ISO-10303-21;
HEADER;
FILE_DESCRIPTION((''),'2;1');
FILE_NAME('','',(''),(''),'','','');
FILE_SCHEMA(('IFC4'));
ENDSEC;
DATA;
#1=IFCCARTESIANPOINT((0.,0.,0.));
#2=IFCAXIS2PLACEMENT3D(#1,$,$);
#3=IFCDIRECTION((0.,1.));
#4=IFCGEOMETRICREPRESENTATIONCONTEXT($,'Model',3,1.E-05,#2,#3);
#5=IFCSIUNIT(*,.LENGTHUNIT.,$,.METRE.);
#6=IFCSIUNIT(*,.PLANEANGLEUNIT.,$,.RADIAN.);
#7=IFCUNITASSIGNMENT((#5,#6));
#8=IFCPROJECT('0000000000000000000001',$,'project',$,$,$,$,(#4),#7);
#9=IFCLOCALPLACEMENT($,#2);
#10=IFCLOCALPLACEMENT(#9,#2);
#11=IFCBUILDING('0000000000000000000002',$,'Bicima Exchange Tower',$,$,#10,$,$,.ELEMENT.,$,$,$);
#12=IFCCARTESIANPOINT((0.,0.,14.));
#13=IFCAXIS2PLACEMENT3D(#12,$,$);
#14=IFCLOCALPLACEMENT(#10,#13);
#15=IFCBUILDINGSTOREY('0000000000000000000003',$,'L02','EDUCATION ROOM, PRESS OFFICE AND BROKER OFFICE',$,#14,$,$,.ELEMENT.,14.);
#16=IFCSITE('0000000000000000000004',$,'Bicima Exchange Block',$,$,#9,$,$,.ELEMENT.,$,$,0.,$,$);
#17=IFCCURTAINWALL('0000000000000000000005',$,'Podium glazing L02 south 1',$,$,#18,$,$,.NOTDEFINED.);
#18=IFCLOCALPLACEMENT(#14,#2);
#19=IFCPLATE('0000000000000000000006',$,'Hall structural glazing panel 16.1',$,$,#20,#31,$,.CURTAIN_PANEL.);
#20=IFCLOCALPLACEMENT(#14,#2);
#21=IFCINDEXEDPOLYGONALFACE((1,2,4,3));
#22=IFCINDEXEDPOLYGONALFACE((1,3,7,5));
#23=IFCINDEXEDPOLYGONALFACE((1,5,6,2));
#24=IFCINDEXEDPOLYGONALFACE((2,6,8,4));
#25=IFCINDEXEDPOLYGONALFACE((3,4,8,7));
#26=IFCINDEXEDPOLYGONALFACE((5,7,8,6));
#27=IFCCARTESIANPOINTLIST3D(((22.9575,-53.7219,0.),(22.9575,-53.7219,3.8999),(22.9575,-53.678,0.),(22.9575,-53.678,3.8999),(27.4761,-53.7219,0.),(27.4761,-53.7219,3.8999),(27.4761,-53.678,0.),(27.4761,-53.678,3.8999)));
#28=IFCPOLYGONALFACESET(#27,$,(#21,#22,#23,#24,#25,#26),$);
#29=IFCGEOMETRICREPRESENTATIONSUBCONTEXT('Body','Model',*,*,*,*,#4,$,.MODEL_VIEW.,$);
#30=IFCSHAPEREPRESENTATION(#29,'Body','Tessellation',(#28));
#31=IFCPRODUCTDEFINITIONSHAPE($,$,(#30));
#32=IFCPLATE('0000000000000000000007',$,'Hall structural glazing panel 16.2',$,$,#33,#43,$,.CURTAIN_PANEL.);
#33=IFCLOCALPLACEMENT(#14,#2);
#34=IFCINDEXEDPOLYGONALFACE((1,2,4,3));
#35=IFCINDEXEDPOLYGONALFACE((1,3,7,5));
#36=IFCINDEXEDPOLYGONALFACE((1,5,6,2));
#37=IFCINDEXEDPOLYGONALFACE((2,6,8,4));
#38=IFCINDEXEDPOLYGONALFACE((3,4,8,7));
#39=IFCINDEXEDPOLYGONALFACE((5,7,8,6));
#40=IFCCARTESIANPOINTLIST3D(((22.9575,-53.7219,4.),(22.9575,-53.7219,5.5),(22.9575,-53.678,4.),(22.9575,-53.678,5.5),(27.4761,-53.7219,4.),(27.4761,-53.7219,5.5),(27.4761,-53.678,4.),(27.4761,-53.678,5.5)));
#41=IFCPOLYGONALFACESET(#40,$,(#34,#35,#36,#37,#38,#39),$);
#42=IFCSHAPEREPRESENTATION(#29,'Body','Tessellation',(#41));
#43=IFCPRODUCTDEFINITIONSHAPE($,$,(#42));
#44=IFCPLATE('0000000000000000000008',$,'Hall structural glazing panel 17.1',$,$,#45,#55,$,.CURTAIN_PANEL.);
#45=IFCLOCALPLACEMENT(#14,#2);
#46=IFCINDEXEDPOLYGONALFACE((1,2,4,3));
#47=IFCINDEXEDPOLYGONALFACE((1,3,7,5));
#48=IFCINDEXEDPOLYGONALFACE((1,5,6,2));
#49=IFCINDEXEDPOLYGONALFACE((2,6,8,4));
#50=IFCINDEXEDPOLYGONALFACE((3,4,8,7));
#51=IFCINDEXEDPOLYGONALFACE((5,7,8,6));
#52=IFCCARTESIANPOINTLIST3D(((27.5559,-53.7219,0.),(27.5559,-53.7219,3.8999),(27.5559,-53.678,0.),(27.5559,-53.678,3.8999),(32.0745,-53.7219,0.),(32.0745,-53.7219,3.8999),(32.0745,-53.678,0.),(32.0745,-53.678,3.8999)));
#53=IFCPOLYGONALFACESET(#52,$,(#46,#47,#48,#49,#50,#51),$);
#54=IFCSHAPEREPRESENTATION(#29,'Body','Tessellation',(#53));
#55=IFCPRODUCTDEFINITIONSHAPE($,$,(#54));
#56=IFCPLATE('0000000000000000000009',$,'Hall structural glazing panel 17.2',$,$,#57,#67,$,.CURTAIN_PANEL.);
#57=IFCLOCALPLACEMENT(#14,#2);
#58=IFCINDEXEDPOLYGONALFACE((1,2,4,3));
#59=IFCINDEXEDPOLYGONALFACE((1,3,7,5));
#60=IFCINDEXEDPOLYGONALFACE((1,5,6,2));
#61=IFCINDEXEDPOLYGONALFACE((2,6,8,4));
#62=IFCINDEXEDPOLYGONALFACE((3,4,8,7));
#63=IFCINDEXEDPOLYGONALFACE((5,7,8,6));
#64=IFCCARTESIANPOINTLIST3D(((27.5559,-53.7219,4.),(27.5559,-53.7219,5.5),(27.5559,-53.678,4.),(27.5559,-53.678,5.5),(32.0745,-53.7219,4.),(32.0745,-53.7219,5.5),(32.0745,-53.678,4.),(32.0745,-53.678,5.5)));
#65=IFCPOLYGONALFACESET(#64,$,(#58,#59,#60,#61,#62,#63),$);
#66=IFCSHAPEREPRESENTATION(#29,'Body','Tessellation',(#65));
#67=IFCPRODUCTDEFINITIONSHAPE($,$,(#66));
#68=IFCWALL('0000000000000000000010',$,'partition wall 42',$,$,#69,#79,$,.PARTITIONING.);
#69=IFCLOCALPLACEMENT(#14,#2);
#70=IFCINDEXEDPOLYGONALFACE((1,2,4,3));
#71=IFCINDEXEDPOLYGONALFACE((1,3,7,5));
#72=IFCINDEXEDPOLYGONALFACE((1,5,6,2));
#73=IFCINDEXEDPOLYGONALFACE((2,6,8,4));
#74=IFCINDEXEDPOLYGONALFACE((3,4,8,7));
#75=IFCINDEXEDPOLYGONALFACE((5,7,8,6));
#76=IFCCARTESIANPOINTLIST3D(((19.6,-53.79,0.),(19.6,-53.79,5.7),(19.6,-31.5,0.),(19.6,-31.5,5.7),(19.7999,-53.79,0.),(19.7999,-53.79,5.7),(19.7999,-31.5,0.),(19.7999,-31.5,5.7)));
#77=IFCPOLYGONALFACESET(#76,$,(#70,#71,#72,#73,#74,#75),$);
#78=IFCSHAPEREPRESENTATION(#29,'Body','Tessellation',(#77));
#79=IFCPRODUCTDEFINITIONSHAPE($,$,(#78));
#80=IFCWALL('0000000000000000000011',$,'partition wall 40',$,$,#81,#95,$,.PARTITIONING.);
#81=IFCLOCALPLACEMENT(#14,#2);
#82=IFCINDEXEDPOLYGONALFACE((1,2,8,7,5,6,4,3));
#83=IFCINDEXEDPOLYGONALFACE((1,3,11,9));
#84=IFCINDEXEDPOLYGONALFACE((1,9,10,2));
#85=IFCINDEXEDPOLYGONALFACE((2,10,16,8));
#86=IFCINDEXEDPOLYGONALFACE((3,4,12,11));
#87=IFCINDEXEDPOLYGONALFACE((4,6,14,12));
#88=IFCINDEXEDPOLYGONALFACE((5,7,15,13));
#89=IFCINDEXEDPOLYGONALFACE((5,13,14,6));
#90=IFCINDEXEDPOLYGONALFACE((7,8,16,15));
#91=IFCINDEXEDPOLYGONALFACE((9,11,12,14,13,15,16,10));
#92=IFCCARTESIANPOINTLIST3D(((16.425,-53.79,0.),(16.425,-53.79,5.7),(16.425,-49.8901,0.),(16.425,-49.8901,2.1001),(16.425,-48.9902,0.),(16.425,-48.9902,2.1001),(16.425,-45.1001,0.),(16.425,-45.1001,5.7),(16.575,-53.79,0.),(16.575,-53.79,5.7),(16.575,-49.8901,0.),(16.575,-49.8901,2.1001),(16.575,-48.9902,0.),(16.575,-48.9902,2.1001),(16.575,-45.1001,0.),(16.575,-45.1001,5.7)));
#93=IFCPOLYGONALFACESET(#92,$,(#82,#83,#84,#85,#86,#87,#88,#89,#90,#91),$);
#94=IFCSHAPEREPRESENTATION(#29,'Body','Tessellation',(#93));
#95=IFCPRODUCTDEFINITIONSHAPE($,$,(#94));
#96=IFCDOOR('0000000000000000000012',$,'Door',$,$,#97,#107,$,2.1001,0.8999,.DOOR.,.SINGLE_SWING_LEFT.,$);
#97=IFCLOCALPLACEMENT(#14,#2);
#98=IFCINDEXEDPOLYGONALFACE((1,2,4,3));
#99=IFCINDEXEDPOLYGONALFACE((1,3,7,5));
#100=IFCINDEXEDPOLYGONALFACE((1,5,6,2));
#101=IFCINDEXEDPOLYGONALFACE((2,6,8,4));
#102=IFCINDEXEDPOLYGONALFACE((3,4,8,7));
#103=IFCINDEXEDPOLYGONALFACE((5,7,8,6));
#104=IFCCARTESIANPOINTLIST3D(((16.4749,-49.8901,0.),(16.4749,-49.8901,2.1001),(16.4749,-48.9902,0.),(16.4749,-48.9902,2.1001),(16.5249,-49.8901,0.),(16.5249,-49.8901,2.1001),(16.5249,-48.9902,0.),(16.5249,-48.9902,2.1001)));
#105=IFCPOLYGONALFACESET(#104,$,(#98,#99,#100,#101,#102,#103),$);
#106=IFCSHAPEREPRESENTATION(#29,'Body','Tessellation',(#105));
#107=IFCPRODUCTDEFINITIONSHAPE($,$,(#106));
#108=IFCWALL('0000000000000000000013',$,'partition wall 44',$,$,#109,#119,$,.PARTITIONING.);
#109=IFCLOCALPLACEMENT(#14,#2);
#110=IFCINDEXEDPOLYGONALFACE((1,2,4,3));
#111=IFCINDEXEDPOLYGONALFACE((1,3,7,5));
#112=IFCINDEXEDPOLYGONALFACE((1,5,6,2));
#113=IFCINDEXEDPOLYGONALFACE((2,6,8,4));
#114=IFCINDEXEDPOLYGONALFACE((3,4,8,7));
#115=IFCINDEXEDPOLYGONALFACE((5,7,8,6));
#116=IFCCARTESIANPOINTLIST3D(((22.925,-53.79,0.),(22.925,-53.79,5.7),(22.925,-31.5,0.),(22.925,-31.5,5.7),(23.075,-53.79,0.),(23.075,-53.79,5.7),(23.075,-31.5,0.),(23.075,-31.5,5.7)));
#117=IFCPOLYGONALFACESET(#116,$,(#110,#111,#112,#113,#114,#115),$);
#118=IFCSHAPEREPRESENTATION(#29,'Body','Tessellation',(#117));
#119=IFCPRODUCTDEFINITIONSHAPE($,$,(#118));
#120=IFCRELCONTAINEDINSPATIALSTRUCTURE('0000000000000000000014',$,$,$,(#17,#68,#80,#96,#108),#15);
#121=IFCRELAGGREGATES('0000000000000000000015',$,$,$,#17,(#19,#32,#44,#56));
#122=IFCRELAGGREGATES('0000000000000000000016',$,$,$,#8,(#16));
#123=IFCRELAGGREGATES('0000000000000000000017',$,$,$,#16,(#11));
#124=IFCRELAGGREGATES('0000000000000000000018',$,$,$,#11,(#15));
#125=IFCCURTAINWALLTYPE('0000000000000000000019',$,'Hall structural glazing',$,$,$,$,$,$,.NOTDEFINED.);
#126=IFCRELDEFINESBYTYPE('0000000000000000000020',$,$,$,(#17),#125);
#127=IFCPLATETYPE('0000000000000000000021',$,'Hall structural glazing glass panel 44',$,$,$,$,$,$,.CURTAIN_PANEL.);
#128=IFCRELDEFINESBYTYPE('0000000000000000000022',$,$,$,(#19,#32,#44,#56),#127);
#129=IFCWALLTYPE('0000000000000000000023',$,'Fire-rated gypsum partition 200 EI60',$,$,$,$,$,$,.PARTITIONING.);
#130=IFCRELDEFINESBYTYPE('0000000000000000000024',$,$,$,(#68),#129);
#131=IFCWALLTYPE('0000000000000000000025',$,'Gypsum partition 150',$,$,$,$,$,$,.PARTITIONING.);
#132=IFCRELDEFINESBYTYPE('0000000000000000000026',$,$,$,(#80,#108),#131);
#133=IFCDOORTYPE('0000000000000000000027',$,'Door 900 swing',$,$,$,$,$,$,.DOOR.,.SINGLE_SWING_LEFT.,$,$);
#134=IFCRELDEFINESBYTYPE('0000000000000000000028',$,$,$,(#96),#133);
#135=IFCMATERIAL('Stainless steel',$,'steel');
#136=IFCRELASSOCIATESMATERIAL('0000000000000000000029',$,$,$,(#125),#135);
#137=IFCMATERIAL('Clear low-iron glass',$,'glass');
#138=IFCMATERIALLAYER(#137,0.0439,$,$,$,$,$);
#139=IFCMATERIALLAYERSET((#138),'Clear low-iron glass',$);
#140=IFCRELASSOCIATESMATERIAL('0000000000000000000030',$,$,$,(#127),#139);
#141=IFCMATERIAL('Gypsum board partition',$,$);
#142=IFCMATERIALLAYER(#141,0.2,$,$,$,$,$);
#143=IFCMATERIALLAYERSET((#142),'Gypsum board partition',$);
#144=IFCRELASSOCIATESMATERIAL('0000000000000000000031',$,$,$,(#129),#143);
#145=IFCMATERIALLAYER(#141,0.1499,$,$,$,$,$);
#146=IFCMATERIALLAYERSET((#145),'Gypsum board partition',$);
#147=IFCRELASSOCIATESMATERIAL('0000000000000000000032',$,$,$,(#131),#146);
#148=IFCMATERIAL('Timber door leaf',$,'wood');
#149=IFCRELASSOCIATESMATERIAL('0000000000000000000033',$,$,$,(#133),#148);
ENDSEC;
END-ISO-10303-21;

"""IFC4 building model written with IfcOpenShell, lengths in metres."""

from ifc_helpers import new_model, si_unit, direction, frame, frame_2d, origin, origin_2d, place, context, subcontext, project, spatial, rectangle, extrude, material, layer, layer_set, type_object, element, fill, aggregate, save


model = new_model("IFC4")

# Units and contexts
model_context = context("Model", 3, precision=1e-05, world=origin(), true_north=direction((0.0, 1.0)))
body_context = subcontext(model_context, "Body", "Model", "MODEL_VIEW")
ifc_project = project(units=[si_unit("LENGTHUNIT", "METRE"), si_unit("PLANEANGLEUNIT", "RADIAN")], contexts=[model_context])

# Site, building, storey
site_placement = place(None, origin())
site = spatial("IfcSite", under=ifc_project, at=site_placement, Name="Bicima Exchange Block", CompositionType="ELEMENT", RefElevation=0.0)
building_placement = place(site_placement, origin())
building = spatial("IfcBuilding", under=site, at=building_placement, Name="Bicima Exchange Tower", CompositionType="ELEMENT")
storey_placement = place(building_placement, frame((0.0, 0.0, 14.0)))
storey = spatial("IfcBuildingStorey", under=building, at=storey_placement, Name="L02", Description="EDUCATION ROOM, PRESS OFFICE AND BROKER OFFICE", CompositionType="ELEMENT", Elevation=14.0)

# Curtain wall, plates
ifc_material_1 = material(Name="Stainless steel", Category="steel")
curtain_wall_type = type_object("IfcCurtainWallType", Name="Hall structural glazing", PredefinedType="NOTDEFINED", material=ifc_material_1)
curtain_wall_placement = place(storey_placement, origin())
curtain_wall = element("IfcCurtainWall", 1, at=curtain_wall_placement, inside=storey, type_object=curtain_wall_type, Name="Podium glazing L02 south 1", PredefinedType="NOTDEFINED")
ifc_material_2 = material(Name="Clear low-iron glass", Category="glass")
ifc_layer_1 = layer(ifc_material_2, 0.0439)
ifc_layer_set_1 = layer_set([ifc_layer_1], Name="Clear low-iron glass")
plate_type = type_object("IfcPlateType", Name="Hall structural glazing glass panel 44", PredefinedType="CURTAIN_PANEL", material=ifc_layer_set_1)
plate_1_placement = place(storey_placement, frame((25.2168, -53.7, 0.0), z_axis=(0.0, 0.0, 1.0), x_axis=(1.0, 0.0, 0.0)))
plate_1 = element("IfcPlate", 2, at=plate_1_placement, type_object=plate_type, Name="Hall structural glazing panel 16.1", PredefinedType="CURTAIN_PANEL", context=body_context, shape_type="SweptSolid", body=[
    extrude(rectangle(XDim=4.5186, YDim=0.0439, at=origin_2d()), origin(), (0.0, 0.0, 1.0), 3.8999),
])
plate_2_placement = place(storey_placement, frame((25.2168, -53.7, 4.0), z_axis=(0.0, 0.0, 1.0), x_axis=(1.0, 0.0, 0.0)))
plate_2 = element("IfcPlate", 3, at=plate_2_placement, type_object=plate_type, Name="Hall structural glazing panel 16.2", PredefinedType="CURTAIN_PANEL", context=body_context, shape_type="SweptSolid", body=[
    extrude(rectangle(XDim=4.5186, YDim=0.0439, at=origin_2d()), origin(), (0.0, 0.0, 1.0), 1.5),
])
plate_3_placement = place(storey_placement, frame((29.8152, -53.7, 0.0), z_axis=(0.0, 0.0, 1.0), x_axis=(1.0, 0.0, 0.0)))
plate_3 = element("IfcPlate", 4, at=plate_3_placement, type_object=plate_type, Name="Hall structural glazing panel 17.1", PredefinedType="CURTAIN_PANEL", context=body_context, shape_type="SweptSolid", body=[
    extrude(rectangle(XDim=4.5186, YDim=0.0439, at=origin_2d()), origin(), (0.0, 0.0, 1.0), 3.8999),
])
plate_4_placement = place(storey_placement, frame((29.8152, -53.7, 4.0), z_axis=(0.0, 0.0, 1.0), x_axis=(1.0, 0.0, 0.0)))
plate_4 = element("IfcPlate", 5, at=plate_4_placement, type_object=plate_type, Name="Hall structural glazing panel 17.2", PredefinedType="CURTAIN_PANEL", context=body_context, shape_type="SweptSolid", body=[
    extrude(rectangle(XDim=4.5186, YDim=0.0439, at=origin_2d()), origin(), (0.0, 0.0, 1.0), 1.5),
])
aggregate(curtain_wall, [plate_1, plate_2, plate_3, plate_4])

# Wall
ifc_material_3 = material(Name="Gypsum board partition")
ifc_layer_2 = layer(ifc_material_3, 0.2)
ifc_layer_set_2 = layer_set([ifc_layer_2], Name="Gypsum board partition")
wall_type_1 = type_object("IfcWallType", Name="Fire-rated gypsum partition 200 EI60", PredefinedType="PARTITIONING", material=ifc_layer_set_2)
wall_1_placement = place(storey_placement, frame((19.7, -53.79, 0.0), z_axis=(0.0, 0.0, 1.0), x_axis=(0.0, 1.0, 0.0)))
element("IfcWall", 6, at=wall_1_placement, inside=storey, type_object=wall_type_1, Name="partition wall 42", PredefinedType="PARTITIONING", context=body_context, shape_type="SweptSolid", body=[
    extrude(rectangle(XDim=22.29, YDim=0.2, at=frame_2d((11.145, 0.0))), origin(), (0.0, 0.0, 1.0), 5.7),
])

# Wall, opening, door
ifc_layer_3 = layer(ifc_material_3, 0.1499)
ifc_layer_set_3 = layer_set([ifc_layer_3], Name="Gypsum board partition")
wall_type_2 = type_object("IfcWallType", Name="Gypsum partition 150", PredefinedType="PARTITIONING", material=ifc_layer_set_3)
wall_2_placement = place(storey_placement, frame((16.5, -53.79, 0.0), z_axis=(0.0, 0.0, 1.0), x_axis=(0.0, 1.0, 0.0)))
wall_2 = element("IfcWall", 7, at=wall_2_placement, inside=storey, type_object=wall_type_2, Name="partition wall 40", PredefinedType="PARTITIONING", context=body_context, shape_type="SweptSolid", body=[
    extrude(rectangle(XDim=8.6899, YDim=0.1499, at=frame_2d((4.345, 0.0))), origin(), (0.0, 0.0, 1.0), 5.7),
])
opening_placement = place(wall_2_placement, frame((3.8999, 0.0, 0.0)))
opening = element("IfcOpeningElement", 8, at=opening_placement, cuts=wall_2, PredefinedType="OPENING", context=body_context, shape_type="SweptSolid", body=[
    extrude(rectangle(XDim=0.8999, YDim=2.1001, at=frame_2d((0.45, 1.05))), frame((0.0, 0.0869, 0.0), z_axis=(0.0, -1.0, 0.0), x_axis=(1.0, 0.0, 0.0)), (0.0, 0.0, 1.0), 0.1738),
])
ifc_material_4 = material(Name="Timber door leaf", Category="wood")
door_type = type_object("IfcDoorType", Name="Door 900 swing", OperationType="SINGLE_SWING_LEFT", PredefinedType="DOOR", material=ifc_material_4)
door_placement = place(opening_placement, frame((0.8999, 0.0, 0.0), z_axis=(0.0, 0.0, 1.0), x_axis=(-1.0, 0.0, 0.0)))
door = element("IfcDoor", 9, at=door_placement, inside=storey, type_object=door_type, Name="Door", OperationType="SINGLE_SWING_LEFT", OverallHeight=2.1001, OverallWidth=0.8999, PredefinedType="DOOR", context=body_context, shape_type="SweptSolid", body=[
    extrude(rectangle(XDim=0.8999, YDim=2.1001, at=frame_2d((0.45, 1.05))), frame((0.0, 0.0249, 0.0), z_axis=(0.0, -1.0, 0.0), x_axis=(1.0, 0.0, 0.0)), (0.0, 0.0, 1.0), 0.05),
])
fill(opening, door)

# Wall
wall_3_placement = place(storey_placement, frame((23.0, -53.79, 0.0), z_axis=(0.0, 0.0, 1.0), x_axis=(0.0, 1.0, 0.0)))
element("IfcWall", 10, at=wall_3_placement, inside=storey, type_object=wall_type_2, Name="partition wall 44", PredefinedType="PARTITIONING", context=body_context, shape_type="SweptSolid", body=[
    extrude(rectangle(XDim=22.29, YDim=0.1499, at=frame_2d((11.145, 0.0))), origin(), (0.0, 0.0, 1.0), 5.7),
])

save(model, "model.ifc")
